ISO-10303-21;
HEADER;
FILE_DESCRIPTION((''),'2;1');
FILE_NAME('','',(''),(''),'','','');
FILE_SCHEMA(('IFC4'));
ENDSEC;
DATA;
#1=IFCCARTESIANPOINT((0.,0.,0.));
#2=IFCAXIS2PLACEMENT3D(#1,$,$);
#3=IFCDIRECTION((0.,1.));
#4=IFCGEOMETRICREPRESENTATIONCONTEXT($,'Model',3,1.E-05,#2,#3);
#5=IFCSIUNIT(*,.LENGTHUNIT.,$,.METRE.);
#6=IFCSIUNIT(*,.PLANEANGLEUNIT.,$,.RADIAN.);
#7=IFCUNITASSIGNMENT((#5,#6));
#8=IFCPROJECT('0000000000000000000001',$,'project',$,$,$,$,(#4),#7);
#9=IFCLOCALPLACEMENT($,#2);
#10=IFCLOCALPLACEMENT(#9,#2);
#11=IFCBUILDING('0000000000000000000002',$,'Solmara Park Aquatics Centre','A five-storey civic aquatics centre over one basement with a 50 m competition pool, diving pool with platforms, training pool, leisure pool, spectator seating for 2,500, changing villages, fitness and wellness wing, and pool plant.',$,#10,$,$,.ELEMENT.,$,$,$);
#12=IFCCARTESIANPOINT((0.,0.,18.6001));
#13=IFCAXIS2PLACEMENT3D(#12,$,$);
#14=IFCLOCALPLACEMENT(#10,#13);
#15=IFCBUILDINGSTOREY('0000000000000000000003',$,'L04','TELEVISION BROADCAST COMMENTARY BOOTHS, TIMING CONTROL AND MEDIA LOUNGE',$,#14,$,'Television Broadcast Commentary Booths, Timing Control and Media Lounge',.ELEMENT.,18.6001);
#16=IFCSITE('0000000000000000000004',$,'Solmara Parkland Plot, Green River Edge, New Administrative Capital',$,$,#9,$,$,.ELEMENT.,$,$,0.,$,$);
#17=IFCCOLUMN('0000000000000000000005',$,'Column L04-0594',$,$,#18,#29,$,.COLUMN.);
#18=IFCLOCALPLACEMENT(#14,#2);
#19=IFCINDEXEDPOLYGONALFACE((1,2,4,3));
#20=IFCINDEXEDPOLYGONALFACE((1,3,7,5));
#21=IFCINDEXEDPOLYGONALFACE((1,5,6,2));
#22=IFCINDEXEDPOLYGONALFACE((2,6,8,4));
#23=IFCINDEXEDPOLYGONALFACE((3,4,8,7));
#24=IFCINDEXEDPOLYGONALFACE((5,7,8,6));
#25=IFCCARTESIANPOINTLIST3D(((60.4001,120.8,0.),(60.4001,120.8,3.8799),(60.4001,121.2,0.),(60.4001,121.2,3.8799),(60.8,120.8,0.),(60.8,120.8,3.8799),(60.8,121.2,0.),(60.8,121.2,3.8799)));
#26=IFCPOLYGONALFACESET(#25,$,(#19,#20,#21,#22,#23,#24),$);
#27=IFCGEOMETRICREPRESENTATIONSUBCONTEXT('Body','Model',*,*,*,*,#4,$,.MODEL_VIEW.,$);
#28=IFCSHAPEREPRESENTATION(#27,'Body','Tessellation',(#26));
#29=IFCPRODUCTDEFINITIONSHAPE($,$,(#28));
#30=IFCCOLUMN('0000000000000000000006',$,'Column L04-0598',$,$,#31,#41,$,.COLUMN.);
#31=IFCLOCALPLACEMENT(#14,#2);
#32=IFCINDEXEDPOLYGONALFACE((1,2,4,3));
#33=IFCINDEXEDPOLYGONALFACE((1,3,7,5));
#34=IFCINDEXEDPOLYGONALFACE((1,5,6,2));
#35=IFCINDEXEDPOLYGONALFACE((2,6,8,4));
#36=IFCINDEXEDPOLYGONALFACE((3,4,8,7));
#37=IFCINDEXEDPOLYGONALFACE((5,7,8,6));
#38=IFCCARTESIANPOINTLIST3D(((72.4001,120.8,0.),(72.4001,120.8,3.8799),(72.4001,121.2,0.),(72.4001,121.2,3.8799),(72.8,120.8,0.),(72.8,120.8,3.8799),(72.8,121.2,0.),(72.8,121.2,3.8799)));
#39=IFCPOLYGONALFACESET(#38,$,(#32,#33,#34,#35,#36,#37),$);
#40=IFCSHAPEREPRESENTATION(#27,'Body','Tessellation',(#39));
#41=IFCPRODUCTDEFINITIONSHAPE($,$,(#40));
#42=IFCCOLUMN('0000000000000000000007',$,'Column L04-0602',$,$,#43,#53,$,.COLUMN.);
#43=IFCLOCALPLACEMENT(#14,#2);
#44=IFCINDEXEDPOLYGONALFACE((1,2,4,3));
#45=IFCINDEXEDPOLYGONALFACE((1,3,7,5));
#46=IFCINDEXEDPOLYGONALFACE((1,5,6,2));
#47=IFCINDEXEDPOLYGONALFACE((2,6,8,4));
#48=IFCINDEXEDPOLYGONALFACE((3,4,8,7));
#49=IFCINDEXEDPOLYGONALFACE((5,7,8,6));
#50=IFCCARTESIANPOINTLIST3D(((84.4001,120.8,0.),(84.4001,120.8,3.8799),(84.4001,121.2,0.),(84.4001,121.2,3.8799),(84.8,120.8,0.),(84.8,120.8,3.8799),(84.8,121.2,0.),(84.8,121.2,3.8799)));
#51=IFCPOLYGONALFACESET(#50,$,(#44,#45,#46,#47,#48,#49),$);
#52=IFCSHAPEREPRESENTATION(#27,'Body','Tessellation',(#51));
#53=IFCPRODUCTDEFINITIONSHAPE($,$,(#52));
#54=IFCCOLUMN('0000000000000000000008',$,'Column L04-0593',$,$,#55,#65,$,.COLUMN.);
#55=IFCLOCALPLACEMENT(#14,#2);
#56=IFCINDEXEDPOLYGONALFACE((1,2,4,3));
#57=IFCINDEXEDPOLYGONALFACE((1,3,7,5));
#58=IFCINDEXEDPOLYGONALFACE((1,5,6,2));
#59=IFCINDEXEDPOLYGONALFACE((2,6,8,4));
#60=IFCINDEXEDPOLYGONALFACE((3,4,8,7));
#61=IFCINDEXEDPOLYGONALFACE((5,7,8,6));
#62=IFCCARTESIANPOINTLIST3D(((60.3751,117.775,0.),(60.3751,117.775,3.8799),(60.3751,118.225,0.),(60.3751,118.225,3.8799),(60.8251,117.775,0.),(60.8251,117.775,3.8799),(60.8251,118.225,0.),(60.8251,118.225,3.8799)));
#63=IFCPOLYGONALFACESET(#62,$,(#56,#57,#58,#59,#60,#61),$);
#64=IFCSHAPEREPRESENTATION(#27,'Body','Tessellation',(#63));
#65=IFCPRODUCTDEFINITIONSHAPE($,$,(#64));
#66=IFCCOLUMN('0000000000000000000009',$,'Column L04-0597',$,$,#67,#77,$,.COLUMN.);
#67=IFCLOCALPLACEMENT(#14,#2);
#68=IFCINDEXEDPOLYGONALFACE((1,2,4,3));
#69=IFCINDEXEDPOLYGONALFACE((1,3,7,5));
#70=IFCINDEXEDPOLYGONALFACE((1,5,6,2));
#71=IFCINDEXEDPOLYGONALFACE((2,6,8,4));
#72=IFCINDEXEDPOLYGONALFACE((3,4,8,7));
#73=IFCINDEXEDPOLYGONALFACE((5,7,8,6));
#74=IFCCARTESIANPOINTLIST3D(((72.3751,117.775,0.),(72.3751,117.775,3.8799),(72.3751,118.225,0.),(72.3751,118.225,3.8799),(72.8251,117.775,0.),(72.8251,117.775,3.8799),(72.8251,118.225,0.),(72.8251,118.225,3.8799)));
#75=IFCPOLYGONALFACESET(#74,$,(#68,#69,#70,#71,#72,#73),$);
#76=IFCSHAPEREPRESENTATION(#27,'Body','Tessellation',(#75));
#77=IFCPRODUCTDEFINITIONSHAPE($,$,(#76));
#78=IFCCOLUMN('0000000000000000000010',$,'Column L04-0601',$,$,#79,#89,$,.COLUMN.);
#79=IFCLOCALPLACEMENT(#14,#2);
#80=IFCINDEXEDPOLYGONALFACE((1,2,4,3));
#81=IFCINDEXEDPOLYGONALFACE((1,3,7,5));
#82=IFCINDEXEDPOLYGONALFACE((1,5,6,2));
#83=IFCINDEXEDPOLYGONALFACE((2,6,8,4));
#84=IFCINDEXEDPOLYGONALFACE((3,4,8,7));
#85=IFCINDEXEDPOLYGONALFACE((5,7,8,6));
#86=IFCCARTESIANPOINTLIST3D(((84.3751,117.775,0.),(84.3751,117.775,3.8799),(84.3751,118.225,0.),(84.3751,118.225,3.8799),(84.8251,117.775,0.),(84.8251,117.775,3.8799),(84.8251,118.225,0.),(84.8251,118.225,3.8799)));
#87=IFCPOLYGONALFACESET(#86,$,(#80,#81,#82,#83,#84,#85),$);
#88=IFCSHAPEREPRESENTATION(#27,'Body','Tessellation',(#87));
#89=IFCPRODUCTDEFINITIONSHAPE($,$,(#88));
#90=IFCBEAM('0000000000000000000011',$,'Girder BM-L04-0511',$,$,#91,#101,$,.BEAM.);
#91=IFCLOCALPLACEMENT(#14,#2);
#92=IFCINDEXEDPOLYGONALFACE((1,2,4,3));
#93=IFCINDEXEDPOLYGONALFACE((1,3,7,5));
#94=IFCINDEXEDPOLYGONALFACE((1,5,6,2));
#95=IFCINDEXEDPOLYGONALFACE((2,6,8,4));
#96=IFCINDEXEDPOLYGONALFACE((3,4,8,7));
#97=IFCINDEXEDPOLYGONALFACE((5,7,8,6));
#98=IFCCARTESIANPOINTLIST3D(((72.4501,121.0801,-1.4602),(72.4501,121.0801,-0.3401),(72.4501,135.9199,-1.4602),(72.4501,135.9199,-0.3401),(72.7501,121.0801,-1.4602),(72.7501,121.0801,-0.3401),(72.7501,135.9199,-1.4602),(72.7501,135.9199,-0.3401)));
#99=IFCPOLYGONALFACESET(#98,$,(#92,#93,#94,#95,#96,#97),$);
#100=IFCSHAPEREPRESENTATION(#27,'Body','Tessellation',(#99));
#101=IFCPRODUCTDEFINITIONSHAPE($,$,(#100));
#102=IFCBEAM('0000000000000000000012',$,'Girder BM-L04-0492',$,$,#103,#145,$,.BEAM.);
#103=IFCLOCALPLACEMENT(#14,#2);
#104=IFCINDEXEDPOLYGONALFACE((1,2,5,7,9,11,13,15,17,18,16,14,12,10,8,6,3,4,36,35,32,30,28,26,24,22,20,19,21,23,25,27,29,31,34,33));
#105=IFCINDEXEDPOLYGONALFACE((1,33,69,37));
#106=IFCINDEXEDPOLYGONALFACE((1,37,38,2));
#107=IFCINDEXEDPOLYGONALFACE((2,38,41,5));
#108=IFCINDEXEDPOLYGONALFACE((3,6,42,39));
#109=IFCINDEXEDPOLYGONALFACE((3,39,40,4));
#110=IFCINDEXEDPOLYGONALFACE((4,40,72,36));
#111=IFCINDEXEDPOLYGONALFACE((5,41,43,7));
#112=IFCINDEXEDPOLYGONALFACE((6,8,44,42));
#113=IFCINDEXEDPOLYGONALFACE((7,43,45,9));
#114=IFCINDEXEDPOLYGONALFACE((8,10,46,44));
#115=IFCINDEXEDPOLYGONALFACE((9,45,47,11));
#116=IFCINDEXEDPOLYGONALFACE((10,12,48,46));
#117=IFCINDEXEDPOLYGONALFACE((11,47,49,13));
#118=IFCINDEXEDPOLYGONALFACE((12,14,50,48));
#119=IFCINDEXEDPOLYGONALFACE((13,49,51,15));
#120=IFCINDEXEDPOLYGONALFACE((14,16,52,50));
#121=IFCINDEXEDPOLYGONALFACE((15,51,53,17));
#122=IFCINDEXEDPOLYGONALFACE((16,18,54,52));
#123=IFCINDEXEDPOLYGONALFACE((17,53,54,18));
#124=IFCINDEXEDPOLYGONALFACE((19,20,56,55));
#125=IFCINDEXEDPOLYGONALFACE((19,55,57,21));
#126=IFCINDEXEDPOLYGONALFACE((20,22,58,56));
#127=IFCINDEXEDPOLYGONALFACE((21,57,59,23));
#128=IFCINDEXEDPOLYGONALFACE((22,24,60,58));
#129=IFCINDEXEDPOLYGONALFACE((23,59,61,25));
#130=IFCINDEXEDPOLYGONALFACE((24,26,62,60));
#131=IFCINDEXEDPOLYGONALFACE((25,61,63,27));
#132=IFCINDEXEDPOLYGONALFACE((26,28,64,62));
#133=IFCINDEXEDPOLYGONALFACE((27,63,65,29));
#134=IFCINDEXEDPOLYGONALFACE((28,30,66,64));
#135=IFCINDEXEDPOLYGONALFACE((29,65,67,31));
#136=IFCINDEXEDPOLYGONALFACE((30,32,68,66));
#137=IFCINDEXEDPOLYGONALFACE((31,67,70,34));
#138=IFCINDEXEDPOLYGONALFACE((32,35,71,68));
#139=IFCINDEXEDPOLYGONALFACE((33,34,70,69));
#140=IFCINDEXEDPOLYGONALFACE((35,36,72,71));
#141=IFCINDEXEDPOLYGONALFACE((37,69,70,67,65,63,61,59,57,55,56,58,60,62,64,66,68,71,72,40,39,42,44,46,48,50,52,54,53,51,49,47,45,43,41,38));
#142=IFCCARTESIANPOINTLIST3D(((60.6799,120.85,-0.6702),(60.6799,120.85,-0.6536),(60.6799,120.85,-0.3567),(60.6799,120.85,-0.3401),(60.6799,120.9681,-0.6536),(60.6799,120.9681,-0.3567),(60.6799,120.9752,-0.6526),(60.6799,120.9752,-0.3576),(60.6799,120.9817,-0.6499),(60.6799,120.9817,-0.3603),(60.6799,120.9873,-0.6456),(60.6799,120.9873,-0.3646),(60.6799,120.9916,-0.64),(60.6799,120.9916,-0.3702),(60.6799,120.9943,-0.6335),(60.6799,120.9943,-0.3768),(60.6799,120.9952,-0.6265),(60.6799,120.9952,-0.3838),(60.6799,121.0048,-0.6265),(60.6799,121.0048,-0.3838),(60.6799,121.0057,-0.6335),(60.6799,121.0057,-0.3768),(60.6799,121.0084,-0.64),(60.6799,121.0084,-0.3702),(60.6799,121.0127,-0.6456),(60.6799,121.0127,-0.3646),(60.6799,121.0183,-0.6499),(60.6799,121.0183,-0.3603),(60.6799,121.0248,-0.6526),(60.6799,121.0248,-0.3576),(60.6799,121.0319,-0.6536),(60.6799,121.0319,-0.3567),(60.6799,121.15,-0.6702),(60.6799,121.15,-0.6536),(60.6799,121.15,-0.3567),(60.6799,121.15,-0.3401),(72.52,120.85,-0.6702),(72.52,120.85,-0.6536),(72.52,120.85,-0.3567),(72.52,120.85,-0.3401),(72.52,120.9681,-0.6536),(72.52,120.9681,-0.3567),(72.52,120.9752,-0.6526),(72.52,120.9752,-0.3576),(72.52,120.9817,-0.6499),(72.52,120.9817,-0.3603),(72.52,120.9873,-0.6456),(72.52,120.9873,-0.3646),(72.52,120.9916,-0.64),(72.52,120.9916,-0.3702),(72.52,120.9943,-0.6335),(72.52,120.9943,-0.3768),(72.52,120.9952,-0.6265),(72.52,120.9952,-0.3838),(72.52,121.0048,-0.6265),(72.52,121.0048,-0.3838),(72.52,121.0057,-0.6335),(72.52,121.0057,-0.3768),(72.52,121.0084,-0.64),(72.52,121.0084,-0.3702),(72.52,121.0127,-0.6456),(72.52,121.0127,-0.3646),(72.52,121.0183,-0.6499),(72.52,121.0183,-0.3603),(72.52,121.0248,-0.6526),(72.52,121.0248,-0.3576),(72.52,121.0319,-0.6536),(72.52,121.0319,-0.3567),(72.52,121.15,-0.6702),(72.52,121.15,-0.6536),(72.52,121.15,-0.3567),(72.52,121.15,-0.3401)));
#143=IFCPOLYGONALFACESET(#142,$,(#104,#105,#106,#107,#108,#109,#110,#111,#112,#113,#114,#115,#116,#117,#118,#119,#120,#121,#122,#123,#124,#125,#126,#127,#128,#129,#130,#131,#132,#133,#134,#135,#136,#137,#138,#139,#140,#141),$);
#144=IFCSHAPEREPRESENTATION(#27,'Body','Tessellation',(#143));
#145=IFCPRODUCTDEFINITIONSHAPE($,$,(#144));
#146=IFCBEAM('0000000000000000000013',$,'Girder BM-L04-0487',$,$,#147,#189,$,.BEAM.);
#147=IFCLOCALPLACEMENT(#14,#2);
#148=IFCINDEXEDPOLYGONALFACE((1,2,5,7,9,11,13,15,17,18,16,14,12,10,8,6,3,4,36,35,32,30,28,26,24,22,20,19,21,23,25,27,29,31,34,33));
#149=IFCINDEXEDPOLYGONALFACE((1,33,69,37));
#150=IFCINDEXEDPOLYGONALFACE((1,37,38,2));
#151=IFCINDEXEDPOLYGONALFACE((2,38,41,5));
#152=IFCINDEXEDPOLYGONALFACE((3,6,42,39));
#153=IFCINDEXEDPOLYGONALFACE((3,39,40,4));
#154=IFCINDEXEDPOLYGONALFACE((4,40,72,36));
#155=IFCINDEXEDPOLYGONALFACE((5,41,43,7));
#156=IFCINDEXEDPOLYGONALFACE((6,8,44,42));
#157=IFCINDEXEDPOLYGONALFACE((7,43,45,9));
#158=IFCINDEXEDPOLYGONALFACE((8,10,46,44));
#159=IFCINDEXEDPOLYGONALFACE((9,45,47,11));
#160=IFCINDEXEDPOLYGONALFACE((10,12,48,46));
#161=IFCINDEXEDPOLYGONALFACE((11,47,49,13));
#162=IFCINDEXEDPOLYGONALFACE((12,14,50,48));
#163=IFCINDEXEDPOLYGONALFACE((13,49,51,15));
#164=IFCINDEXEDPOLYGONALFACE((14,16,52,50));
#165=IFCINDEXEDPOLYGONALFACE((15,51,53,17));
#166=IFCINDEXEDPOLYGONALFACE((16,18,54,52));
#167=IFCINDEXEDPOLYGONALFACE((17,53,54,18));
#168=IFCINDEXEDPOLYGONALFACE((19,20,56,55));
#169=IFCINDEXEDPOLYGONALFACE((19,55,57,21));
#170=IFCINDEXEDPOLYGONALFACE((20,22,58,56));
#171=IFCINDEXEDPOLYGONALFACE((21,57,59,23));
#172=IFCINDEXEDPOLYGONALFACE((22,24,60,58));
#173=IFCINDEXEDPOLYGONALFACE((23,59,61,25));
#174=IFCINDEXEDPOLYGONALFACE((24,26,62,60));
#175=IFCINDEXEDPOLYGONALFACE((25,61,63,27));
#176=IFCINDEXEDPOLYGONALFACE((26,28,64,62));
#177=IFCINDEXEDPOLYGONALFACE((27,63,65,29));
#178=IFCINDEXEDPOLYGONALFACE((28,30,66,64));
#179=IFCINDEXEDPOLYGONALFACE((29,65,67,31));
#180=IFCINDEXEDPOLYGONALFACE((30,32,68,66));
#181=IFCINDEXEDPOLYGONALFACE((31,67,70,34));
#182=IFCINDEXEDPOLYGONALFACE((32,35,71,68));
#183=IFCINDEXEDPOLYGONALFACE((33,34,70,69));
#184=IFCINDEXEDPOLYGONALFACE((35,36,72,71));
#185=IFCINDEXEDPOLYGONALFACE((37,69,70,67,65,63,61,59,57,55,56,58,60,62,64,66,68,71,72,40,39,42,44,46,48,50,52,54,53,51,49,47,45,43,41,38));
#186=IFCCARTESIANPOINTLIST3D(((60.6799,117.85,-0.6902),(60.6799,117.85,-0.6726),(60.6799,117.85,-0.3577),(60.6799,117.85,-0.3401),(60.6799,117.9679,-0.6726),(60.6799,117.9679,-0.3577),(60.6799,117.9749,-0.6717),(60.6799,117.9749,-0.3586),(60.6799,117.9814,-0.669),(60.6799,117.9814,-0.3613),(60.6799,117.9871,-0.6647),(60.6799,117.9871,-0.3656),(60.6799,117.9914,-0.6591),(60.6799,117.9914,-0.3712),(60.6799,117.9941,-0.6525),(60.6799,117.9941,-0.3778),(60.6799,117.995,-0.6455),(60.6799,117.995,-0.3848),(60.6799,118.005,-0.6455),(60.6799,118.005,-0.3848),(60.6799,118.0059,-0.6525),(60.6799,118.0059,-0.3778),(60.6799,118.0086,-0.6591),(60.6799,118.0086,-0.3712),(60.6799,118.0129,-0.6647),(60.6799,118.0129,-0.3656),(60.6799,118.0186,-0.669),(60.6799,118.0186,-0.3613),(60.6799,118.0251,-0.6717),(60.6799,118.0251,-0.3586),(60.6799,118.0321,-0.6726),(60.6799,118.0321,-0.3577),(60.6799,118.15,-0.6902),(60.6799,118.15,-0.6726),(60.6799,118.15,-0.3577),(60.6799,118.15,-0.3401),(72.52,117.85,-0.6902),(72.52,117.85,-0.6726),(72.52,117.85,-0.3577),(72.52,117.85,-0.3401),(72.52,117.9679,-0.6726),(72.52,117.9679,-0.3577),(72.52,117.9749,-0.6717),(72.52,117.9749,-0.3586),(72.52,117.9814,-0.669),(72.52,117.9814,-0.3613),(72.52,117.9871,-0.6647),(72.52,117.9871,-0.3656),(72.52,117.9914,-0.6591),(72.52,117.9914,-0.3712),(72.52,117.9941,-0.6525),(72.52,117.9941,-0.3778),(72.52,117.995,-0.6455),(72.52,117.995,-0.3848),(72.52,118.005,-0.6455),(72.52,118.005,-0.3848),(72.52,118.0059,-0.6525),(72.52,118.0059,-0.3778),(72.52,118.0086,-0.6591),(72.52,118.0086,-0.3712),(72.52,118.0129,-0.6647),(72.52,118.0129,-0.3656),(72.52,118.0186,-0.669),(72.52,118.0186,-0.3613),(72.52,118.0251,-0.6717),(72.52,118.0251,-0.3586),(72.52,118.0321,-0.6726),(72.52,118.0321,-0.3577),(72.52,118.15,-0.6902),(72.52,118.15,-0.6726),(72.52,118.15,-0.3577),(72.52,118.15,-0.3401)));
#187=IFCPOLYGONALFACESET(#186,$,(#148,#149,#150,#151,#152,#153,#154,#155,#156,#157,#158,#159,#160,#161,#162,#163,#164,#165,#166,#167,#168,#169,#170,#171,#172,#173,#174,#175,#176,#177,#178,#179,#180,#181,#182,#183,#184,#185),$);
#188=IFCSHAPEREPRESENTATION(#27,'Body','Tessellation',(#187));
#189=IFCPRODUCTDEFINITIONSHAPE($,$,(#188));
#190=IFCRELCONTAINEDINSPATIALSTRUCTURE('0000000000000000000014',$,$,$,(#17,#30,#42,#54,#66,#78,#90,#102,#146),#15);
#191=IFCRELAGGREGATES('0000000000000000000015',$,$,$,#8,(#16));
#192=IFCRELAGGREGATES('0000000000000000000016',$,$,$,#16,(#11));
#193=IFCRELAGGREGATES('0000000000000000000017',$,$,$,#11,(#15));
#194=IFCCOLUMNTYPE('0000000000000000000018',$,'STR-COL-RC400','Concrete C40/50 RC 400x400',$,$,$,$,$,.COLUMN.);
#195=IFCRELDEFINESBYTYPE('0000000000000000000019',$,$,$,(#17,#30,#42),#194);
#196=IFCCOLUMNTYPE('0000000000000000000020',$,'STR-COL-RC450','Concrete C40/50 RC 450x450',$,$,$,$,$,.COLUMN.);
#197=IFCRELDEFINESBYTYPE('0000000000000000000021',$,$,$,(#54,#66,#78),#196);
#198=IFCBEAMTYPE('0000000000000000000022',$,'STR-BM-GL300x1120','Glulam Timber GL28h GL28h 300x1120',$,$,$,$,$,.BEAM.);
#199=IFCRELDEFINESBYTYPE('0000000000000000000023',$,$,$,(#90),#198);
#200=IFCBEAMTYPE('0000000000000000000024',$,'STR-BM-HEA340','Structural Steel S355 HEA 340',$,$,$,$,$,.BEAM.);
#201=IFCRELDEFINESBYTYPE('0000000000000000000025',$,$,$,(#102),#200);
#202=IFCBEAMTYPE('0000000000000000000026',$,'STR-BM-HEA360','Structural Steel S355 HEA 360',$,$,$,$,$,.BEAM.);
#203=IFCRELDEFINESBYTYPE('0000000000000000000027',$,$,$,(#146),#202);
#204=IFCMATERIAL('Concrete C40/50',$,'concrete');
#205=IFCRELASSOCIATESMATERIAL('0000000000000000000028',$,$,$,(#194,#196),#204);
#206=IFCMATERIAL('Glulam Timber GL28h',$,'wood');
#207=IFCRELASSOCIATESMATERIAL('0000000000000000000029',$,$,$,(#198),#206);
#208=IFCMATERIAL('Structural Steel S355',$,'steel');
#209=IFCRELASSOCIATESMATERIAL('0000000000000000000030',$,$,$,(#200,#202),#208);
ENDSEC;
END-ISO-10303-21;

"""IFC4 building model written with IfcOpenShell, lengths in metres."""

from ifc_helpers import new_model, si_unit, direction, frame, origin, origin_2d, place, context, subcontext, project, spatial, rectangle, i_section, extrude, material, material_profile, profile_set, type_object, element, save


model = new_model("IFC4")

# Units and contexts
model_context = context("Model", 3, precision=1e-05, world=origin(), true_north=direction((0.0, 1.0)))
body_context = subcontext(model_context, "Body", "Model", "MODEL_VIEW")
ifc_project = project(units=[si_unit("LENGTHUNIT", "METRE"), si_unit("PLANEANGLEUNIT", "RADIAN")], contexts=[model_context])

# Site, building, storey
site_placement = place(None, origin())
site = spatial("IfcSite", under=ifc_project, at=site_placement, Name="Solmara Parkland Plot, Green River Edge, New Administrative Capital", CompositionType="ELEMENT", RefElevation=0.0)
building_placement = place(site_placement, origin())
building = spatial("IfcBuilding", under=site, at=building_placement, Name="Solmara Park Aquatics Centre", Description="A five-storey civic aquatics centre over one basement with a 50 m competition pool, diving pool with platforms, training pool, leisure pool, spectator seating for 2,500, changing villages, fitness and wellness wing, and pool plant.", CompositionType="ELEMENT")
storey_placement = place(building_placement, frame((0.0, 0.0, 18.6001)))
storey = spatial("IfcBuildingStorey", under=building, at=storey_placement, Name="L04", Description="TELEVISION BROADCAST COMMENTARY BOOTHS, TIMING CONTROL AND MEDIA LOUNGE", LongName="Television Broadcast Commentary Booths, Timing Control and Media Lounge", CompositionType="ELEMENT", Elevation=18.6001)

# Columns
ifc_material_1 = material(Name="Concrete C40/50", Category="concrete")
ifc_material_profile_1 = material_profile(ifc_material_1, rectangle(XDim=0.3999, YDim=0.3999, at=origin_2d()), Name="RC 400x400")
ifc_profile_set_1 = profile_set([ifc_material_profile_1], Name="Concrete C40/50")
column_type_1 = type_object("IfcColumnType", Name="STR-COL-RC400", Description="Concrete C40/50 RC 400x400", PredefinedType="COLUMN", material=ifc_profile_set_1)
for number, where, z_axis, x_axis, name in (
    (1, (60.6001, 121.0, 0.0), (0.0, 0.0, 1.0), (1.0, 0.0, 0.0), "Column L04-0594"),
    (2, (72.6001, 121.0, 0.0), (0.0, 0.0, 1.0), (1.0, 0.0, 0.0), "Column L04-0598"),
    (3, (84.6001, 121.0, 0.0), (0.0, 0.0, 1.0), (1.0, 0.0, 0.0), "Column L04-0602"),
):
    element("IfcColumn", number, at=place(storey_placement, frame(where, z_axis=z_axis, x_axis=x_axis)), inside=storey, type_object=column_type_1, Name=name, PredefinedType="COLUMN", context=body_context, shape_type="SweptSolid", body=[
        extrude(rectangle(XDim=0.3999, YDim=0.3999, at=origin_2d()), origin(), (0.0, 0.0, 1.0), 3.8799),
    ])
ifc_material_profile_2 = material_profile(ifc_material_1, rectangle(XDim=0.45, YDim=0.45, at=origin_2d()), Name="RC 450x450")
ifc_profile_set_2 = profile_set([ifc_material_profile_2], Name="Concrete C40/50")
column_type_2 = type_object("IfcColumnType", Name="STR-COL-RC450", Description="Concrete C40/50 RC 450x450", PredefinedType="COLUMN", material=ifc_profile_set_2)
for number, where, z_axis, x_axis, name in (
    (4, (60.6001, 118.0, 0.0), (0.0, 0.0, 1.0), (1.0, 0.0, 0.0), "Column L04-0593"),
    (5, (72.6001, 118.0, 0.0), (0.0, 0.0, 1.0), (1.0, 0.0, 0.0), "Column L04-0597"),
    (6, (84.6001, 118.0, 0.0), (0.0, 0.0, 1.0), (1.0, 0.0, 0.0), "Column L04-0601"),
):
    element("IfcColumn", number, at=place(storey_placement, frame(where, z_axis=z_axis, x_axis=x_axis)), inside=storey, type_object=column_type_2, Name=name, PredefinedType="COLUMN", context=body_context, shape_type="SweptSolid", body=[
        extrude(rectangle(XDim=0.45, YDim=0.45, at=origin_2d()), origin(), (0.0, 0.0, 1.0), 3.8799),
    ])

# Beams
ifc_material_2 = material(Name="Glulam Timber GL28h", Category="wood")
ifc_material_profile_3 = material_profile(ifc_material_2, rectangle(XDim=0.3, YDim=1.1201, at=origin_2d()), Name="GL28h 300x1120")
ifc_profile_set_3 = profile_set([ifc_material_profile_3], Name="Glulam Timber GL28h")
beam_type_1 = type_object("IfcBeamType", Name="STR-BM-GL300x1120", Description="Glulam Timber GL28h GL28h 300x1120", PredefinedType="BEAM", material=ifc_profile_set_3)
beam_1_placement = place(storey_placement, frame((72.6001, 121.0801, -0.9001), z_axis=(0.0, 1.0, 0.0), x_axis=(-1.0, 0.0, 0.0)))
element("IfcBeam", 7, at=beam_1_placement, inside=storey, type_object=beam_type_1, Name="Girder BM-L04-0511", PredefinedType="BEAM", context=body_context, shape_type="SweptSolid", body=[
    extrude(rectangle(XDim=0.3, YDim=1.1201, at=origin_2d()), origin(), (0.0, 0.0, 1.0), 14.8398),
])
ifc_material_3 = material(Name="Structural Steel S355", Category="steel")
ifc_material_profile_4 = material_profile(ifc_material_3, i_section(OverallWidth=0.3, OverallDepth=0.3301, WebThickness=0.0095, FlangeThickness=0.0166, FilletRadius=0.0271, at=origin_2d()), Name="HEA 340")
ifc_profile_set_4 = profile_set([ifc_material_profile_4], Name="Structural Steel S355")
beam_type_2 = type_object("IfcBeamType", Name="STR-BM-HEA340", Description="Structural Steel S355 HEA 340", PredefinedType="BEAM", material=ifc_profile_set_4)
beam_2_placement = place(storey_placement, frame((60.6799, 121.0, -0.5051), z_axis=(1.0, 0.0, 0.0), x_axis=(0.0, 1.0, 0.0)))
element("IfcBeam", 8, at=beam_2_placement, inside=storey, type_object=beam_type_2, Name="Girder BM-L04-0492", PredefinedType="BEAM", context=body_context, shape_type="SweptSolid", body=[
    extrude(i_section(OverallWidth=0.3, OverallDepth=0.3301, WebThickness=0.0095, FlangeThickness=0.0166, FilletRadius=0.0271, at=origin_2d()), origin(), (0.0, 0.0, 1.0), 11.8401),
])
ifc_material_profile_5 = material_profile(ifc_material_3, i_section(OverallWidth=0.3, OverallDepth=0.3501, WebThickness=0.01, FlangeThickness=0.0176, FilletRadius=0.0271, at=origin_2d()), Name="HEA 360")
ifc_profile_set_5 = profile_set([ifc_material_profile_5], Name="Structural Steel S355")
beam_type_3 = type_object("IfcBeamType", Name="STR-BM-HEA360", Description="Structural Steel S355 HEA 360", PredefinedType="BEAM", material=ifc_profile_set_5)
for number, where, z_axis, x_axis, name in (
    (9, (60.6799, 118.0, -0.5151), (1.0, 0.0, 0.0), (0.0, 1.0, 0.0), "Girder BM-L04-0487"),
):
    element("IfcBeam", number, at=place(storey_placement, frame(where, z_axis=z_axis, x_axis=x_axis)), inside=storey, type_object=beam_type_3, Name=name, PredefinedType="BEAM", context=body_context, shape_type="SweptSolid", body=[
        extrude(i_section(OverallWidth=0.3, OverallDepth=0.3501, WebThickness=0.01, FlangeThickness=0.0176, FilletRadius=0.0271, at=origin_2d()), origin(), (0.0, 0.0, 1.0), 11.8401),
    ])

save(model, "model.ifc")
